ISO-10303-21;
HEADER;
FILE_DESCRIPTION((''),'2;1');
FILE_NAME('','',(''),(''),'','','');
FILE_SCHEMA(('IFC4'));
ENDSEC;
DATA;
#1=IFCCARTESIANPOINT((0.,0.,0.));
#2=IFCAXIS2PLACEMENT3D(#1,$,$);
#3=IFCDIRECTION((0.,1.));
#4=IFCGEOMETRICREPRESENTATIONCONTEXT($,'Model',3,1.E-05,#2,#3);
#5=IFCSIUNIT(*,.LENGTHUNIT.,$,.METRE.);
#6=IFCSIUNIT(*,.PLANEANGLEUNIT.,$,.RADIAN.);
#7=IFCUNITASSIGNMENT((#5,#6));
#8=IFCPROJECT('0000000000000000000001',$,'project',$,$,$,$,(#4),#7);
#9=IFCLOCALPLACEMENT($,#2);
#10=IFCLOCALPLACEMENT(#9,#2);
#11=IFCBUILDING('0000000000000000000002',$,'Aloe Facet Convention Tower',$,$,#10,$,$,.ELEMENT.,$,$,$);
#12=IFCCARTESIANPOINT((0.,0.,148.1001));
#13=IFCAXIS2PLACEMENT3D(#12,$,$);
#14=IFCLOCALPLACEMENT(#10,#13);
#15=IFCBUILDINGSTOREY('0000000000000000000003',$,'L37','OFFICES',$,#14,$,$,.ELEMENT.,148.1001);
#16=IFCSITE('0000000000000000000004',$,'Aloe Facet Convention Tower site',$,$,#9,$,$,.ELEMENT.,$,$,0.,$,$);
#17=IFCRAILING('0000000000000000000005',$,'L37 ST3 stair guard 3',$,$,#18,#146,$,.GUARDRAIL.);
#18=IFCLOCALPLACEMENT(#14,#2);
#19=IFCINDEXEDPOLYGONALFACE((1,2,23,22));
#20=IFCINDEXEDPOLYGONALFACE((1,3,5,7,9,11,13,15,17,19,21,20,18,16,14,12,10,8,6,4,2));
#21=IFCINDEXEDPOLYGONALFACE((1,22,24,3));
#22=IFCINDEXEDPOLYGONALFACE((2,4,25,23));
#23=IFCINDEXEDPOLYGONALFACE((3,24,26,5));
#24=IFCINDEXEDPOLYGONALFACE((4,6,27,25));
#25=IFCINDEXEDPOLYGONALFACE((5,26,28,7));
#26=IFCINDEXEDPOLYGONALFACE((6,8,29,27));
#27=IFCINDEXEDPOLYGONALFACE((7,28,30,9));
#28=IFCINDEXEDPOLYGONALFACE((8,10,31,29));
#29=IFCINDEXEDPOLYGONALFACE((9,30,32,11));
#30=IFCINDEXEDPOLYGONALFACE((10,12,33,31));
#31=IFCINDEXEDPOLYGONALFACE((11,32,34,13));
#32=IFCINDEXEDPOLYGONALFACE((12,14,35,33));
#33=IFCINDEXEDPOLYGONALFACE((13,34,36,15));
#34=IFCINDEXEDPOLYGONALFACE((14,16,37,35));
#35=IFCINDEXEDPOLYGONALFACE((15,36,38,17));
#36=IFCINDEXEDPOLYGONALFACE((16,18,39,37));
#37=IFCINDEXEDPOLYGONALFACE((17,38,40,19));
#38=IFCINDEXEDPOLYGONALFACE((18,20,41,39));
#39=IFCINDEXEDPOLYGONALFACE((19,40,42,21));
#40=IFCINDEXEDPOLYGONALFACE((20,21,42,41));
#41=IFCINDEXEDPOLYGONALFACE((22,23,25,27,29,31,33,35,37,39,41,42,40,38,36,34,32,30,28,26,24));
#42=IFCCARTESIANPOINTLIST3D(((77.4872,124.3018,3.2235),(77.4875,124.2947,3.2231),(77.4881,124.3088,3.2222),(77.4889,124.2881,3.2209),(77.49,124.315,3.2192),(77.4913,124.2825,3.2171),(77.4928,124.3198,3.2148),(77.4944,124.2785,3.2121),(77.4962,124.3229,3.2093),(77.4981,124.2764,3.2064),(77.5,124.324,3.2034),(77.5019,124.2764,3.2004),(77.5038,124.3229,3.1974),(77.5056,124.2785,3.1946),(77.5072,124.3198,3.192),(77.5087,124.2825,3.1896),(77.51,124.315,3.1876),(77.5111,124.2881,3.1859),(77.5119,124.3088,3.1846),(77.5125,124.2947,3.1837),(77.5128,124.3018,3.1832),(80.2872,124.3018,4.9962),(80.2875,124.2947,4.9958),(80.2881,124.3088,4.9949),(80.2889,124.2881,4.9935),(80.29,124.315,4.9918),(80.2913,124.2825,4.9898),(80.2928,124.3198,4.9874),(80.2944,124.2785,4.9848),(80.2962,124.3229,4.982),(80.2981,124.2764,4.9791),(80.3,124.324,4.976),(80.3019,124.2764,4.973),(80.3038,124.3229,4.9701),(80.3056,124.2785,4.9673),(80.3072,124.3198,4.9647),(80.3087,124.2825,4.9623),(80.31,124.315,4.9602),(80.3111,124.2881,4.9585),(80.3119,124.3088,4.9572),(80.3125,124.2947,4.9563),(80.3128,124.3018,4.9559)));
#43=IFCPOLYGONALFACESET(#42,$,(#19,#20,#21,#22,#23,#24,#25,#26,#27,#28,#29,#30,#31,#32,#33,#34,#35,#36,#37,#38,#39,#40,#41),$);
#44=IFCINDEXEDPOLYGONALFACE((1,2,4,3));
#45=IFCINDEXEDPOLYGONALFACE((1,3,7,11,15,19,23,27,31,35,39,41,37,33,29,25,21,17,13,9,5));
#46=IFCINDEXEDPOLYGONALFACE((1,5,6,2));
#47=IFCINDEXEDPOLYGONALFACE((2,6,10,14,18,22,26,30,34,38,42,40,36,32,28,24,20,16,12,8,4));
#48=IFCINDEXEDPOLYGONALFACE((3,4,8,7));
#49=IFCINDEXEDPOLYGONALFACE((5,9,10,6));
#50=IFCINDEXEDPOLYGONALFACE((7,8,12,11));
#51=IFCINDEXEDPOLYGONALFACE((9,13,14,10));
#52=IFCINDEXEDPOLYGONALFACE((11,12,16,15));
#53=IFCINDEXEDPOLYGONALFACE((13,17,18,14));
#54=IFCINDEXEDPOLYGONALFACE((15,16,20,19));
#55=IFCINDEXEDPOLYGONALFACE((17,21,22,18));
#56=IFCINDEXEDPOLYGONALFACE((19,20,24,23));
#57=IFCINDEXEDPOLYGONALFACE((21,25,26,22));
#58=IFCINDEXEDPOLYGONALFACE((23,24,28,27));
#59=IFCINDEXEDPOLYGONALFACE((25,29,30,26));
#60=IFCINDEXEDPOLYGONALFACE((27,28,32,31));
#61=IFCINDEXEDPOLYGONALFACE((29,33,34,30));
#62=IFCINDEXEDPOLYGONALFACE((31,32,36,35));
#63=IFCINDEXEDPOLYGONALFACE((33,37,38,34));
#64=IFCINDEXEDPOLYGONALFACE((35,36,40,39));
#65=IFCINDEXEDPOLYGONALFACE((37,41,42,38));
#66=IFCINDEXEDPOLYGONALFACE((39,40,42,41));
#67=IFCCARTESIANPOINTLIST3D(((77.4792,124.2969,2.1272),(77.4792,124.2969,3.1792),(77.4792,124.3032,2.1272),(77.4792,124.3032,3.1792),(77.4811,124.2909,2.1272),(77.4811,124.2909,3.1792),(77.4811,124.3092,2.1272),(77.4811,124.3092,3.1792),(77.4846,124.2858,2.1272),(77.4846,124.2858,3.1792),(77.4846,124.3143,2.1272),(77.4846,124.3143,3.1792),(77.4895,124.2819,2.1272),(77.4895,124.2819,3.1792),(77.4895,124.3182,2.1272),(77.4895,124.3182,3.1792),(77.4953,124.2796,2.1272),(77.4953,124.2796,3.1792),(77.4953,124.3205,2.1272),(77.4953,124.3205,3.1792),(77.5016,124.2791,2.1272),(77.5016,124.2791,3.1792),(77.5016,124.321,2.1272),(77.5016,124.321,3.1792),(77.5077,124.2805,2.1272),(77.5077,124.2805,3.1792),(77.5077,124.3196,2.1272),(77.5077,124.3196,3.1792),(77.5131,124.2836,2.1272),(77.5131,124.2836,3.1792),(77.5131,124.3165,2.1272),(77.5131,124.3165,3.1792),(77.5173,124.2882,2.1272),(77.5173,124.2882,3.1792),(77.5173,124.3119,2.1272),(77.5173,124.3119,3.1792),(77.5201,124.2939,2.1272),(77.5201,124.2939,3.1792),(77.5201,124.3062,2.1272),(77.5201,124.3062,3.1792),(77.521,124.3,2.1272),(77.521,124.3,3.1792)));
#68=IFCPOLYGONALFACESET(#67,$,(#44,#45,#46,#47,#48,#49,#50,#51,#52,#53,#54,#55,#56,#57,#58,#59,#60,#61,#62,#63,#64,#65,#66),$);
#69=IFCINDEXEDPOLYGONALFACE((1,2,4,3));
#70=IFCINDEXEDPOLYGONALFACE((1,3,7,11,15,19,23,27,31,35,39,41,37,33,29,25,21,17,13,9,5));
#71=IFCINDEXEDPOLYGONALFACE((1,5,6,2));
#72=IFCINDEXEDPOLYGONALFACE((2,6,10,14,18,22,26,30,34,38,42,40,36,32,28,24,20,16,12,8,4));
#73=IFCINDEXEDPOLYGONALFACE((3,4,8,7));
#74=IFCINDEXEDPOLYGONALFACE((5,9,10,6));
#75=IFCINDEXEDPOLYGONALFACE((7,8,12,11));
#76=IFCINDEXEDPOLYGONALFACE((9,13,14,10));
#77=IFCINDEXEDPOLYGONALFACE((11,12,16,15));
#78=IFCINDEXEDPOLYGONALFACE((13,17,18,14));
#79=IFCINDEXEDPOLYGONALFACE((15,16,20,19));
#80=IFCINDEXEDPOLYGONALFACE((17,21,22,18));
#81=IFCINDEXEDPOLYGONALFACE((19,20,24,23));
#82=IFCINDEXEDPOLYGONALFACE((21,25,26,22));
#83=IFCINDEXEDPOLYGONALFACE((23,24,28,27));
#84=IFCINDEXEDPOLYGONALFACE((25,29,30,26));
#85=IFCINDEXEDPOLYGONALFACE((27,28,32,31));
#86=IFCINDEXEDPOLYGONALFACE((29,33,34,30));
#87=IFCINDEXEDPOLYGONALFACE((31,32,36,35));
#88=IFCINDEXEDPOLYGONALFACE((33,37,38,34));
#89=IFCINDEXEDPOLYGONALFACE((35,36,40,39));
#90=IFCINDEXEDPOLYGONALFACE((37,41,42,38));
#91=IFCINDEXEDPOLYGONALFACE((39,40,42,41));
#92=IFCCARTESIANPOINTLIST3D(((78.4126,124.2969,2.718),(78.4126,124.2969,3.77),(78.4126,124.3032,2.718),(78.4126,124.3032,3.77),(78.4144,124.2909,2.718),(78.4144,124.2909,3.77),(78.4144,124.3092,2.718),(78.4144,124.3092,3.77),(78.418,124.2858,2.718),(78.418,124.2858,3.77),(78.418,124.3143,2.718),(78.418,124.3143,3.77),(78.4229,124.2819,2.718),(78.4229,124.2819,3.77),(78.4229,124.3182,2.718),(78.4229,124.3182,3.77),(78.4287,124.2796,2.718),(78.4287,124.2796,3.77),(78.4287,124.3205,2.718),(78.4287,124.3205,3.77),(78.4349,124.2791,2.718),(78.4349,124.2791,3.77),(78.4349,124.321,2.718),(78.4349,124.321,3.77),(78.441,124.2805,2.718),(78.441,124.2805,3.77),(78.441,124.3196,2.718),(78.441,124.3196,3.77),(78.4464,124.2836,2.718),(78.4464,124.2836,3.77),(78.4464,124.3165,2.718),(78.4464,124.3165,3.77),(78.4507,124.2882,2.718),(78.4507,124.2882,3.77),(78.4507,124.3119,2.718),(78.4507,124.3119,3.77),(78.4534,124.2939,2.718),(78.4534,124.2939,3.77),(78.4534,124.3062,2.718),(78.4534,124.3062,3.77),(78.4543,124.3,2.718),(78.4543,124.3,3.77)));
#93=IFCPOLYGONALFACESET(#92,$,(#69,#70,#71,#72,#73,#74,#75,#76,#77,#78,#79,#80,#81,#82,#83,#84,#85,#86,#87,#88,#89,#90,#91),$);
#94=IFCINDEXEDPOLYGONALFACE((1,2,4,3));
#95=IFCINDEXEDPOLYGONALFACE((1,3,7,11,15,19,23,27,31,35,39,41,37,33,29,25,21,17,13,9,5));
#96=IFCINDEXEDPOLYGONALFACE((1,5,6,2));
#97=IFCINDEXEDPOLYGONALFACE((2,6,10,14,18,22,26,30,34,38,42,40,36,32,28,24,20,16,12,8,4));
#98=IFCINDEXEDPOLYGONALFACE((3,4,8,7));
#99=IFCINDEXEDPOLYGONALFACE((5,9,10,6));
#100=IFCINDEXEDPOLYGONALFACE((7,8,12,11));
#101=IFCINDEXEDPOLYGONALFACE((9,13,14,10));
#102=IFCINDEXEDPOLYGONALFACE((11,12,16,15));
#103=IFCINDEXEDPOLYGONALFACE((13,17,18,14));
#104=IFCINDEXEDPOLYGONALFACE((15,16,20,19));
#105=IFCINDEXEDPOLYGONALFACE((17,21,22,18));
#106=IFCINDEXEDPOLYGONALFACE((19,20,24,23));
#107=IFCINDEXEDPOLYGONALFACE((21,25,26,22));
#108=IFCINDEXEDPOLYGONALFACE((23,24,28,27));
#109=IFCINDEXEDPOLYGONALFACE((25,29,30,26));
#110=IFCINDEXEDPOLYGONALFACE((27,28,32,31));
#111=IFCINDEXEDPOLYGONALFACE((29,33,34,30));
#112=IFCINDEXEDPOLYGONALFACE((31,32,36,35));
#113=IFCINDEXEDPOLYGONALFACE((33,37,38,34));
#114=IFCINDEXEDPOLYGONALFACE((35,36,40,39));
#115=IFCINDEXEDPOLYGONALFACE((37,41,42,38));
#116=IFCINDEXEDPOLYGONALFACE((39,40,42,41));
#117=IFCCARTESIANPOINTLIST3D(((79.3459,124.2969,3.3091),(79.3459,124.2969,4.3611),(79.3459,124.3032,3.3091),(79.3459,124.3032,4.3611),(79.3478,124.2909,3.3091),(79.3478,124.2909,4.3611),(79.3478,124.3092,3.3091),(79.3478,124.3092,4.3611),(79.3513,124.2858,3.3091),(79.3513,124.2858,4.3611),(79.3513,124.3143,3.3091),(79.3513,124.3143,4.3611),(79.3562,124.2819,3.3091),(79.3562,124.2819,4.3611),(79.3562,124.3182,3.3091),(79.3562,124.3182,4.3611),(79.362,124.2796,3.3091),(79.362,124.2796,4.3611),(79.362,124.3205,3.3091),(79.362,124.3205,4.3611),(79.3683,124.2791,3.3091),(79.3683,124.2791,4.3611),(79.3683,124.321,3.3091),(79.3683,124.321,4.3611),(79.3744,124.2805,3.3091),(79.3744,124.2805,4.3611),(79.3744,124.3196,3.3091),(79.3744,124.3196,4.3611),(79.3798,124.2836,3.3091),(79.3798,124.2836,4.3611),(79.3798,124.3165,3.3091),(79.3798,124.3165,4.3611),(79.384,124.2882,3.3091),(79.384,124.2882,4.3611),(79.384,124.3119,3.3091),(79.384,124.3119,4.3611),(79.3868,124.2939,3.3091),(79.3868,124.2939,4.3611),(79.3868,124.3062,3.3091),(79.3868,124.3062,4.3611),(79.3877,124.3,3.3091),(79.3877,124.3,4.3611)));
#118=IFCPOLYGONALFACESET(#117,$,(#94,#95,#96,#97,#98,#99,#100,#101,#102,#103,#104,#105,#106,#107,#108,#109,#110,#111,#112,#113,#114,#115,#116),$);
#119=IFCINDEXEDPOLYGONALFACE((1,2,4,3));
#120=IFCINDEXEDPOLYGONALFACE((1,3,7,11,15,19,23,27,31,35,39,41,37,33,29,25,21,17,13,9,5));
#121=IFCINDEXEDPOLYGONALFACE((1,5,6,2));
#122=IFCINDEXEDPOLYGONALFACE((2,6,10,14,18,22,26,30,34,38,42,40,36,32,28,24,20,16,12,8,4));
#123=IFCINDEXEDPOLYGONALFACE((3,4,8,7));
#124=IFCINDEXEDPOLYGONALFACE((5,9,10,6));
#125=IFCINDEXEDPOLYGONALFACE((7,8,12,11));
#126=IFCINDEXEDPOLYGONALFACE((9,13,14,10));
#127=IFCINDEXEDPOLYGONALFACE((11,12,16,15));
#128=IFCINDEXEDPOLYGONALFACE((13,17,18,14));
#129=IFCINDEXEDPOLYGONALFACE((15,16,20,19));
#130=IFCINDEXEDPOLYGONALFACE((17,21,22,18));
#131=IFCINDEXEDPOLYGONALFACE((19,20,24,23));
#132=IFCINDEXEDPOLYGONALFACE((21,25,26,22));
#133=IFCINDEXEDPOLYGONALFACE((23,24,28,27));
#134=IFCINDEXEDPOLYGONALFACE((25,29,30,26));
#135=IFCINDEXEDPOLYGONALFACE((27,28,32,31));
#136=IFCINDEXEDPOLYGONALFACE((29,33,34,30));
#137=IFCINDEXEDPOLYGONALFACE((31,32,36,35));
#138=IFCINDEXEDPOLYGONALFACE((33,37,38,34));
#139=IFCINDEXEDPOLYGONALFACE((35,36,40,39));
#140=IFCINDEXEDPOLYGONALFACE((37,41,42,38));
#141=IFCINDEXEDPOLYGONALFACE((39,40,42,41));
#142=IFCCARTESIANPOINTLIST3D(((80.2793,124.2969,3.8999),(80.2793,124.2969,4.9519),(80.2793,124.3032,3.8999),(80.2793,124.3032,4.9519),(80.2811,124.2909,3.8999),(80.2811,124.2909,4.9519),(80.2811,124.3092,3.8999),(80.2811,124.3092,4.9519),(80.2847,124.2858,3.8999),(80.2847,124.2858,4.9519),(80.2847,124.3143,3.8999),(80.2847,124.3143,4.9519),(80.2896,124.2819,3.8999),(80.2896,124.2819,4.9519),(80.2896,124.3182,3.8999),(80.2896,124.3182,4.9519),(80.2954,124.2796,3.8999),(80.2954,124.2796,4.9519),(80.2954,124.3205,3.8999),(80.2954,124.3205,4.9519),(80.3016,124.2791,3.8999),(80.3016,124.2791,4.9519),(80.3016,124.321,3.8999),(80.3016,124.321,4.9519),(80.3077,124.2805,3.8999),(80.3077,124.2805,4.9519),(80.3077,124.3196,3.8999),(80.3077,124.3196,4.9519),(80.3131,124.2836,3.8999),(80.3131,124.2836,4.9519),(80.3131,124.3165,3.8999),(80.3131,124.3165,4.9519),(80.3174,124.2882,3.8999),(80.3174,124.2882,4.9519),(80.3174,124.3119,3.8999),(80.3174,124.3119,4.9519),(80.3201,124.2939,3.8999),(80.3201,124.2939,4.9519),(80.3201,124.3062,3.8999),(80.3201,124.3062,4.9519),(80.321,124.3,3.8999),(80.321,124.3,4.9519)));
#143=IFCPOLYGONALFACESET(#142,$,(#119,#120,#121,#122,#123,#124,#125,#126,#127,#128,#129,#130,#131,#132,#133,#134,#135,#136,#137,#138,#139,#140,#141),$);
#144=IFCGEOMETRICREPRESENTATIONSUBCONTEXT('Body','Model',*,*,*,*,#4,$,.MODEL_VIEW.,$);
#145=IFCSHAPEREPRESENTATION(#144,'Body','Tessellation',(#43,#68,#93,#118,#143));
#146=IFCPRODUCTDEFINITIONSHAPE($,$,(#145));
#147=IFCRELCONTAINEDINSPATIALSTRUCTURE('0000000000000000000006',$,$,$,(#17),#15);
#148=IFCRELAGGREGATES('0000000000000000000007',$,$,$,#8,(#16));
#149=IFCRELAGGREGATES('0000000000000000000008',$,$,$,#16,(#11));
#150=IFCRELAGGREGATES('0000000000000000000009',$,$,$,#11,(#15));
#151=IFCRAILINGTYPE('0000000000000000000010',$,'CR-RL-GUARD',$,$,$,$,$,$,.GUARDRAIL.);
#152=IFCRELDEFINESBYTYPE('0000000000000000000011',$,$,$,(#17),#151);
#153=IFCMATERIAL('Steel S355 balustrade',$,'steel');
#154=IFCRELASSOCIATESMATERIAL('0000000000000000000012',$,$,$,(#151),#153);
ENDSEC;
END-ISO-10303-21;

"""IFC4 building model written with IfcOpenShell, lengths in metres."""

from ifc_helpers import new_model, si_unit, direction, frame, origin, origin_2d, place, context, subcontext, project, spatial, circle, extrude, material, type_object, element, save


model = new_model("IFC4")

# Units and contexts
model_context = context("Model", 3, precision=1e-05, world=origin(), true_north=direction((0.0, 1.0)))
body_context = subcontext(model_context, "Body", "Model", "MODEL_VIEW")
ifc_project = project(units=[si_unit("LENGTHUNIT", "METRE"), si_unit("PLANEANGLEUNIT", "RADIAN")], contexts=[model_context])

# Site, building, storey
site_placement = place(None, origin())
site = spatial("IfcSite", under=ifc_project, at=site_placement, Name="Aloe Facet Convention Tower site", CompositionType="ELEMENT", RefElevation=0.0)
building_placement = place(site_placement, origin())
building = spatial("IfcBuilding", under=site, at=building_placement, Name="Aloe Facet Convention Tower", CompositionType="ELEMENT")
storey_placement = place(building_placement, frame((0.0, 0.0, 148.1001)))
storey = spatial("IfcBuildingStorey", under=building, at=storey_placement, Name="L37", Description="OFFICES", CompositionType="ELEMENT", Elevation=148.1001)

# Railing
ifc_material_1 = material(Name="Steel S355 balustrade", Category="steel")
railing_type_1 = type_object("IfcRailingType", Name="CR-RL-GUARD", PredefinedType="GUARDRAIL", material=ifc_material_1)
railing_1_placement = place(storey_placement, frame((77.5, 124.3, 2.1272)))
element("IfcRailing", 1, at=railing_1_placement, inside=storey, type_object=railing_type_1, Name="L37 ST3 stair guard 3", PredefinedType="GUARDRAIL", context=body_context, shape_type="SweptSolid", body=[
    extrude(circle(Radius=0.0239, at=origin_2d()), frame((0.0, 0.0, 1.0762), z_axis=(0.844909, 0.0, 0.53491), x_axis=(0.0, 1.0, 0.0)), (0.0, 0.0, 1.0), 3.314),
    extrude(circle(Radius=0.021, at=origin_2d()), origin(), (0.0, 0.0, 1.0), 1.052),
    extrude(circle(Radius=0.021, at=origin_2d()), frame((0.9333, 0.0, 0.5908)), (0.0, 0.0, 1.0), 1.052),
    extrude(circle(Radius=0.021, at=origin_2d()), frame((1.8667, 0.0, 1.1819)), (0.0, 0.0, 1.0), 1.052),
    extrude(circle(Radius=0.021, at=origin_2d()), frame((2.8, 0.0, 1.7727)), (0.0, 0.0, 1.0), 1.052),
])

save(model, "model.ifc")
